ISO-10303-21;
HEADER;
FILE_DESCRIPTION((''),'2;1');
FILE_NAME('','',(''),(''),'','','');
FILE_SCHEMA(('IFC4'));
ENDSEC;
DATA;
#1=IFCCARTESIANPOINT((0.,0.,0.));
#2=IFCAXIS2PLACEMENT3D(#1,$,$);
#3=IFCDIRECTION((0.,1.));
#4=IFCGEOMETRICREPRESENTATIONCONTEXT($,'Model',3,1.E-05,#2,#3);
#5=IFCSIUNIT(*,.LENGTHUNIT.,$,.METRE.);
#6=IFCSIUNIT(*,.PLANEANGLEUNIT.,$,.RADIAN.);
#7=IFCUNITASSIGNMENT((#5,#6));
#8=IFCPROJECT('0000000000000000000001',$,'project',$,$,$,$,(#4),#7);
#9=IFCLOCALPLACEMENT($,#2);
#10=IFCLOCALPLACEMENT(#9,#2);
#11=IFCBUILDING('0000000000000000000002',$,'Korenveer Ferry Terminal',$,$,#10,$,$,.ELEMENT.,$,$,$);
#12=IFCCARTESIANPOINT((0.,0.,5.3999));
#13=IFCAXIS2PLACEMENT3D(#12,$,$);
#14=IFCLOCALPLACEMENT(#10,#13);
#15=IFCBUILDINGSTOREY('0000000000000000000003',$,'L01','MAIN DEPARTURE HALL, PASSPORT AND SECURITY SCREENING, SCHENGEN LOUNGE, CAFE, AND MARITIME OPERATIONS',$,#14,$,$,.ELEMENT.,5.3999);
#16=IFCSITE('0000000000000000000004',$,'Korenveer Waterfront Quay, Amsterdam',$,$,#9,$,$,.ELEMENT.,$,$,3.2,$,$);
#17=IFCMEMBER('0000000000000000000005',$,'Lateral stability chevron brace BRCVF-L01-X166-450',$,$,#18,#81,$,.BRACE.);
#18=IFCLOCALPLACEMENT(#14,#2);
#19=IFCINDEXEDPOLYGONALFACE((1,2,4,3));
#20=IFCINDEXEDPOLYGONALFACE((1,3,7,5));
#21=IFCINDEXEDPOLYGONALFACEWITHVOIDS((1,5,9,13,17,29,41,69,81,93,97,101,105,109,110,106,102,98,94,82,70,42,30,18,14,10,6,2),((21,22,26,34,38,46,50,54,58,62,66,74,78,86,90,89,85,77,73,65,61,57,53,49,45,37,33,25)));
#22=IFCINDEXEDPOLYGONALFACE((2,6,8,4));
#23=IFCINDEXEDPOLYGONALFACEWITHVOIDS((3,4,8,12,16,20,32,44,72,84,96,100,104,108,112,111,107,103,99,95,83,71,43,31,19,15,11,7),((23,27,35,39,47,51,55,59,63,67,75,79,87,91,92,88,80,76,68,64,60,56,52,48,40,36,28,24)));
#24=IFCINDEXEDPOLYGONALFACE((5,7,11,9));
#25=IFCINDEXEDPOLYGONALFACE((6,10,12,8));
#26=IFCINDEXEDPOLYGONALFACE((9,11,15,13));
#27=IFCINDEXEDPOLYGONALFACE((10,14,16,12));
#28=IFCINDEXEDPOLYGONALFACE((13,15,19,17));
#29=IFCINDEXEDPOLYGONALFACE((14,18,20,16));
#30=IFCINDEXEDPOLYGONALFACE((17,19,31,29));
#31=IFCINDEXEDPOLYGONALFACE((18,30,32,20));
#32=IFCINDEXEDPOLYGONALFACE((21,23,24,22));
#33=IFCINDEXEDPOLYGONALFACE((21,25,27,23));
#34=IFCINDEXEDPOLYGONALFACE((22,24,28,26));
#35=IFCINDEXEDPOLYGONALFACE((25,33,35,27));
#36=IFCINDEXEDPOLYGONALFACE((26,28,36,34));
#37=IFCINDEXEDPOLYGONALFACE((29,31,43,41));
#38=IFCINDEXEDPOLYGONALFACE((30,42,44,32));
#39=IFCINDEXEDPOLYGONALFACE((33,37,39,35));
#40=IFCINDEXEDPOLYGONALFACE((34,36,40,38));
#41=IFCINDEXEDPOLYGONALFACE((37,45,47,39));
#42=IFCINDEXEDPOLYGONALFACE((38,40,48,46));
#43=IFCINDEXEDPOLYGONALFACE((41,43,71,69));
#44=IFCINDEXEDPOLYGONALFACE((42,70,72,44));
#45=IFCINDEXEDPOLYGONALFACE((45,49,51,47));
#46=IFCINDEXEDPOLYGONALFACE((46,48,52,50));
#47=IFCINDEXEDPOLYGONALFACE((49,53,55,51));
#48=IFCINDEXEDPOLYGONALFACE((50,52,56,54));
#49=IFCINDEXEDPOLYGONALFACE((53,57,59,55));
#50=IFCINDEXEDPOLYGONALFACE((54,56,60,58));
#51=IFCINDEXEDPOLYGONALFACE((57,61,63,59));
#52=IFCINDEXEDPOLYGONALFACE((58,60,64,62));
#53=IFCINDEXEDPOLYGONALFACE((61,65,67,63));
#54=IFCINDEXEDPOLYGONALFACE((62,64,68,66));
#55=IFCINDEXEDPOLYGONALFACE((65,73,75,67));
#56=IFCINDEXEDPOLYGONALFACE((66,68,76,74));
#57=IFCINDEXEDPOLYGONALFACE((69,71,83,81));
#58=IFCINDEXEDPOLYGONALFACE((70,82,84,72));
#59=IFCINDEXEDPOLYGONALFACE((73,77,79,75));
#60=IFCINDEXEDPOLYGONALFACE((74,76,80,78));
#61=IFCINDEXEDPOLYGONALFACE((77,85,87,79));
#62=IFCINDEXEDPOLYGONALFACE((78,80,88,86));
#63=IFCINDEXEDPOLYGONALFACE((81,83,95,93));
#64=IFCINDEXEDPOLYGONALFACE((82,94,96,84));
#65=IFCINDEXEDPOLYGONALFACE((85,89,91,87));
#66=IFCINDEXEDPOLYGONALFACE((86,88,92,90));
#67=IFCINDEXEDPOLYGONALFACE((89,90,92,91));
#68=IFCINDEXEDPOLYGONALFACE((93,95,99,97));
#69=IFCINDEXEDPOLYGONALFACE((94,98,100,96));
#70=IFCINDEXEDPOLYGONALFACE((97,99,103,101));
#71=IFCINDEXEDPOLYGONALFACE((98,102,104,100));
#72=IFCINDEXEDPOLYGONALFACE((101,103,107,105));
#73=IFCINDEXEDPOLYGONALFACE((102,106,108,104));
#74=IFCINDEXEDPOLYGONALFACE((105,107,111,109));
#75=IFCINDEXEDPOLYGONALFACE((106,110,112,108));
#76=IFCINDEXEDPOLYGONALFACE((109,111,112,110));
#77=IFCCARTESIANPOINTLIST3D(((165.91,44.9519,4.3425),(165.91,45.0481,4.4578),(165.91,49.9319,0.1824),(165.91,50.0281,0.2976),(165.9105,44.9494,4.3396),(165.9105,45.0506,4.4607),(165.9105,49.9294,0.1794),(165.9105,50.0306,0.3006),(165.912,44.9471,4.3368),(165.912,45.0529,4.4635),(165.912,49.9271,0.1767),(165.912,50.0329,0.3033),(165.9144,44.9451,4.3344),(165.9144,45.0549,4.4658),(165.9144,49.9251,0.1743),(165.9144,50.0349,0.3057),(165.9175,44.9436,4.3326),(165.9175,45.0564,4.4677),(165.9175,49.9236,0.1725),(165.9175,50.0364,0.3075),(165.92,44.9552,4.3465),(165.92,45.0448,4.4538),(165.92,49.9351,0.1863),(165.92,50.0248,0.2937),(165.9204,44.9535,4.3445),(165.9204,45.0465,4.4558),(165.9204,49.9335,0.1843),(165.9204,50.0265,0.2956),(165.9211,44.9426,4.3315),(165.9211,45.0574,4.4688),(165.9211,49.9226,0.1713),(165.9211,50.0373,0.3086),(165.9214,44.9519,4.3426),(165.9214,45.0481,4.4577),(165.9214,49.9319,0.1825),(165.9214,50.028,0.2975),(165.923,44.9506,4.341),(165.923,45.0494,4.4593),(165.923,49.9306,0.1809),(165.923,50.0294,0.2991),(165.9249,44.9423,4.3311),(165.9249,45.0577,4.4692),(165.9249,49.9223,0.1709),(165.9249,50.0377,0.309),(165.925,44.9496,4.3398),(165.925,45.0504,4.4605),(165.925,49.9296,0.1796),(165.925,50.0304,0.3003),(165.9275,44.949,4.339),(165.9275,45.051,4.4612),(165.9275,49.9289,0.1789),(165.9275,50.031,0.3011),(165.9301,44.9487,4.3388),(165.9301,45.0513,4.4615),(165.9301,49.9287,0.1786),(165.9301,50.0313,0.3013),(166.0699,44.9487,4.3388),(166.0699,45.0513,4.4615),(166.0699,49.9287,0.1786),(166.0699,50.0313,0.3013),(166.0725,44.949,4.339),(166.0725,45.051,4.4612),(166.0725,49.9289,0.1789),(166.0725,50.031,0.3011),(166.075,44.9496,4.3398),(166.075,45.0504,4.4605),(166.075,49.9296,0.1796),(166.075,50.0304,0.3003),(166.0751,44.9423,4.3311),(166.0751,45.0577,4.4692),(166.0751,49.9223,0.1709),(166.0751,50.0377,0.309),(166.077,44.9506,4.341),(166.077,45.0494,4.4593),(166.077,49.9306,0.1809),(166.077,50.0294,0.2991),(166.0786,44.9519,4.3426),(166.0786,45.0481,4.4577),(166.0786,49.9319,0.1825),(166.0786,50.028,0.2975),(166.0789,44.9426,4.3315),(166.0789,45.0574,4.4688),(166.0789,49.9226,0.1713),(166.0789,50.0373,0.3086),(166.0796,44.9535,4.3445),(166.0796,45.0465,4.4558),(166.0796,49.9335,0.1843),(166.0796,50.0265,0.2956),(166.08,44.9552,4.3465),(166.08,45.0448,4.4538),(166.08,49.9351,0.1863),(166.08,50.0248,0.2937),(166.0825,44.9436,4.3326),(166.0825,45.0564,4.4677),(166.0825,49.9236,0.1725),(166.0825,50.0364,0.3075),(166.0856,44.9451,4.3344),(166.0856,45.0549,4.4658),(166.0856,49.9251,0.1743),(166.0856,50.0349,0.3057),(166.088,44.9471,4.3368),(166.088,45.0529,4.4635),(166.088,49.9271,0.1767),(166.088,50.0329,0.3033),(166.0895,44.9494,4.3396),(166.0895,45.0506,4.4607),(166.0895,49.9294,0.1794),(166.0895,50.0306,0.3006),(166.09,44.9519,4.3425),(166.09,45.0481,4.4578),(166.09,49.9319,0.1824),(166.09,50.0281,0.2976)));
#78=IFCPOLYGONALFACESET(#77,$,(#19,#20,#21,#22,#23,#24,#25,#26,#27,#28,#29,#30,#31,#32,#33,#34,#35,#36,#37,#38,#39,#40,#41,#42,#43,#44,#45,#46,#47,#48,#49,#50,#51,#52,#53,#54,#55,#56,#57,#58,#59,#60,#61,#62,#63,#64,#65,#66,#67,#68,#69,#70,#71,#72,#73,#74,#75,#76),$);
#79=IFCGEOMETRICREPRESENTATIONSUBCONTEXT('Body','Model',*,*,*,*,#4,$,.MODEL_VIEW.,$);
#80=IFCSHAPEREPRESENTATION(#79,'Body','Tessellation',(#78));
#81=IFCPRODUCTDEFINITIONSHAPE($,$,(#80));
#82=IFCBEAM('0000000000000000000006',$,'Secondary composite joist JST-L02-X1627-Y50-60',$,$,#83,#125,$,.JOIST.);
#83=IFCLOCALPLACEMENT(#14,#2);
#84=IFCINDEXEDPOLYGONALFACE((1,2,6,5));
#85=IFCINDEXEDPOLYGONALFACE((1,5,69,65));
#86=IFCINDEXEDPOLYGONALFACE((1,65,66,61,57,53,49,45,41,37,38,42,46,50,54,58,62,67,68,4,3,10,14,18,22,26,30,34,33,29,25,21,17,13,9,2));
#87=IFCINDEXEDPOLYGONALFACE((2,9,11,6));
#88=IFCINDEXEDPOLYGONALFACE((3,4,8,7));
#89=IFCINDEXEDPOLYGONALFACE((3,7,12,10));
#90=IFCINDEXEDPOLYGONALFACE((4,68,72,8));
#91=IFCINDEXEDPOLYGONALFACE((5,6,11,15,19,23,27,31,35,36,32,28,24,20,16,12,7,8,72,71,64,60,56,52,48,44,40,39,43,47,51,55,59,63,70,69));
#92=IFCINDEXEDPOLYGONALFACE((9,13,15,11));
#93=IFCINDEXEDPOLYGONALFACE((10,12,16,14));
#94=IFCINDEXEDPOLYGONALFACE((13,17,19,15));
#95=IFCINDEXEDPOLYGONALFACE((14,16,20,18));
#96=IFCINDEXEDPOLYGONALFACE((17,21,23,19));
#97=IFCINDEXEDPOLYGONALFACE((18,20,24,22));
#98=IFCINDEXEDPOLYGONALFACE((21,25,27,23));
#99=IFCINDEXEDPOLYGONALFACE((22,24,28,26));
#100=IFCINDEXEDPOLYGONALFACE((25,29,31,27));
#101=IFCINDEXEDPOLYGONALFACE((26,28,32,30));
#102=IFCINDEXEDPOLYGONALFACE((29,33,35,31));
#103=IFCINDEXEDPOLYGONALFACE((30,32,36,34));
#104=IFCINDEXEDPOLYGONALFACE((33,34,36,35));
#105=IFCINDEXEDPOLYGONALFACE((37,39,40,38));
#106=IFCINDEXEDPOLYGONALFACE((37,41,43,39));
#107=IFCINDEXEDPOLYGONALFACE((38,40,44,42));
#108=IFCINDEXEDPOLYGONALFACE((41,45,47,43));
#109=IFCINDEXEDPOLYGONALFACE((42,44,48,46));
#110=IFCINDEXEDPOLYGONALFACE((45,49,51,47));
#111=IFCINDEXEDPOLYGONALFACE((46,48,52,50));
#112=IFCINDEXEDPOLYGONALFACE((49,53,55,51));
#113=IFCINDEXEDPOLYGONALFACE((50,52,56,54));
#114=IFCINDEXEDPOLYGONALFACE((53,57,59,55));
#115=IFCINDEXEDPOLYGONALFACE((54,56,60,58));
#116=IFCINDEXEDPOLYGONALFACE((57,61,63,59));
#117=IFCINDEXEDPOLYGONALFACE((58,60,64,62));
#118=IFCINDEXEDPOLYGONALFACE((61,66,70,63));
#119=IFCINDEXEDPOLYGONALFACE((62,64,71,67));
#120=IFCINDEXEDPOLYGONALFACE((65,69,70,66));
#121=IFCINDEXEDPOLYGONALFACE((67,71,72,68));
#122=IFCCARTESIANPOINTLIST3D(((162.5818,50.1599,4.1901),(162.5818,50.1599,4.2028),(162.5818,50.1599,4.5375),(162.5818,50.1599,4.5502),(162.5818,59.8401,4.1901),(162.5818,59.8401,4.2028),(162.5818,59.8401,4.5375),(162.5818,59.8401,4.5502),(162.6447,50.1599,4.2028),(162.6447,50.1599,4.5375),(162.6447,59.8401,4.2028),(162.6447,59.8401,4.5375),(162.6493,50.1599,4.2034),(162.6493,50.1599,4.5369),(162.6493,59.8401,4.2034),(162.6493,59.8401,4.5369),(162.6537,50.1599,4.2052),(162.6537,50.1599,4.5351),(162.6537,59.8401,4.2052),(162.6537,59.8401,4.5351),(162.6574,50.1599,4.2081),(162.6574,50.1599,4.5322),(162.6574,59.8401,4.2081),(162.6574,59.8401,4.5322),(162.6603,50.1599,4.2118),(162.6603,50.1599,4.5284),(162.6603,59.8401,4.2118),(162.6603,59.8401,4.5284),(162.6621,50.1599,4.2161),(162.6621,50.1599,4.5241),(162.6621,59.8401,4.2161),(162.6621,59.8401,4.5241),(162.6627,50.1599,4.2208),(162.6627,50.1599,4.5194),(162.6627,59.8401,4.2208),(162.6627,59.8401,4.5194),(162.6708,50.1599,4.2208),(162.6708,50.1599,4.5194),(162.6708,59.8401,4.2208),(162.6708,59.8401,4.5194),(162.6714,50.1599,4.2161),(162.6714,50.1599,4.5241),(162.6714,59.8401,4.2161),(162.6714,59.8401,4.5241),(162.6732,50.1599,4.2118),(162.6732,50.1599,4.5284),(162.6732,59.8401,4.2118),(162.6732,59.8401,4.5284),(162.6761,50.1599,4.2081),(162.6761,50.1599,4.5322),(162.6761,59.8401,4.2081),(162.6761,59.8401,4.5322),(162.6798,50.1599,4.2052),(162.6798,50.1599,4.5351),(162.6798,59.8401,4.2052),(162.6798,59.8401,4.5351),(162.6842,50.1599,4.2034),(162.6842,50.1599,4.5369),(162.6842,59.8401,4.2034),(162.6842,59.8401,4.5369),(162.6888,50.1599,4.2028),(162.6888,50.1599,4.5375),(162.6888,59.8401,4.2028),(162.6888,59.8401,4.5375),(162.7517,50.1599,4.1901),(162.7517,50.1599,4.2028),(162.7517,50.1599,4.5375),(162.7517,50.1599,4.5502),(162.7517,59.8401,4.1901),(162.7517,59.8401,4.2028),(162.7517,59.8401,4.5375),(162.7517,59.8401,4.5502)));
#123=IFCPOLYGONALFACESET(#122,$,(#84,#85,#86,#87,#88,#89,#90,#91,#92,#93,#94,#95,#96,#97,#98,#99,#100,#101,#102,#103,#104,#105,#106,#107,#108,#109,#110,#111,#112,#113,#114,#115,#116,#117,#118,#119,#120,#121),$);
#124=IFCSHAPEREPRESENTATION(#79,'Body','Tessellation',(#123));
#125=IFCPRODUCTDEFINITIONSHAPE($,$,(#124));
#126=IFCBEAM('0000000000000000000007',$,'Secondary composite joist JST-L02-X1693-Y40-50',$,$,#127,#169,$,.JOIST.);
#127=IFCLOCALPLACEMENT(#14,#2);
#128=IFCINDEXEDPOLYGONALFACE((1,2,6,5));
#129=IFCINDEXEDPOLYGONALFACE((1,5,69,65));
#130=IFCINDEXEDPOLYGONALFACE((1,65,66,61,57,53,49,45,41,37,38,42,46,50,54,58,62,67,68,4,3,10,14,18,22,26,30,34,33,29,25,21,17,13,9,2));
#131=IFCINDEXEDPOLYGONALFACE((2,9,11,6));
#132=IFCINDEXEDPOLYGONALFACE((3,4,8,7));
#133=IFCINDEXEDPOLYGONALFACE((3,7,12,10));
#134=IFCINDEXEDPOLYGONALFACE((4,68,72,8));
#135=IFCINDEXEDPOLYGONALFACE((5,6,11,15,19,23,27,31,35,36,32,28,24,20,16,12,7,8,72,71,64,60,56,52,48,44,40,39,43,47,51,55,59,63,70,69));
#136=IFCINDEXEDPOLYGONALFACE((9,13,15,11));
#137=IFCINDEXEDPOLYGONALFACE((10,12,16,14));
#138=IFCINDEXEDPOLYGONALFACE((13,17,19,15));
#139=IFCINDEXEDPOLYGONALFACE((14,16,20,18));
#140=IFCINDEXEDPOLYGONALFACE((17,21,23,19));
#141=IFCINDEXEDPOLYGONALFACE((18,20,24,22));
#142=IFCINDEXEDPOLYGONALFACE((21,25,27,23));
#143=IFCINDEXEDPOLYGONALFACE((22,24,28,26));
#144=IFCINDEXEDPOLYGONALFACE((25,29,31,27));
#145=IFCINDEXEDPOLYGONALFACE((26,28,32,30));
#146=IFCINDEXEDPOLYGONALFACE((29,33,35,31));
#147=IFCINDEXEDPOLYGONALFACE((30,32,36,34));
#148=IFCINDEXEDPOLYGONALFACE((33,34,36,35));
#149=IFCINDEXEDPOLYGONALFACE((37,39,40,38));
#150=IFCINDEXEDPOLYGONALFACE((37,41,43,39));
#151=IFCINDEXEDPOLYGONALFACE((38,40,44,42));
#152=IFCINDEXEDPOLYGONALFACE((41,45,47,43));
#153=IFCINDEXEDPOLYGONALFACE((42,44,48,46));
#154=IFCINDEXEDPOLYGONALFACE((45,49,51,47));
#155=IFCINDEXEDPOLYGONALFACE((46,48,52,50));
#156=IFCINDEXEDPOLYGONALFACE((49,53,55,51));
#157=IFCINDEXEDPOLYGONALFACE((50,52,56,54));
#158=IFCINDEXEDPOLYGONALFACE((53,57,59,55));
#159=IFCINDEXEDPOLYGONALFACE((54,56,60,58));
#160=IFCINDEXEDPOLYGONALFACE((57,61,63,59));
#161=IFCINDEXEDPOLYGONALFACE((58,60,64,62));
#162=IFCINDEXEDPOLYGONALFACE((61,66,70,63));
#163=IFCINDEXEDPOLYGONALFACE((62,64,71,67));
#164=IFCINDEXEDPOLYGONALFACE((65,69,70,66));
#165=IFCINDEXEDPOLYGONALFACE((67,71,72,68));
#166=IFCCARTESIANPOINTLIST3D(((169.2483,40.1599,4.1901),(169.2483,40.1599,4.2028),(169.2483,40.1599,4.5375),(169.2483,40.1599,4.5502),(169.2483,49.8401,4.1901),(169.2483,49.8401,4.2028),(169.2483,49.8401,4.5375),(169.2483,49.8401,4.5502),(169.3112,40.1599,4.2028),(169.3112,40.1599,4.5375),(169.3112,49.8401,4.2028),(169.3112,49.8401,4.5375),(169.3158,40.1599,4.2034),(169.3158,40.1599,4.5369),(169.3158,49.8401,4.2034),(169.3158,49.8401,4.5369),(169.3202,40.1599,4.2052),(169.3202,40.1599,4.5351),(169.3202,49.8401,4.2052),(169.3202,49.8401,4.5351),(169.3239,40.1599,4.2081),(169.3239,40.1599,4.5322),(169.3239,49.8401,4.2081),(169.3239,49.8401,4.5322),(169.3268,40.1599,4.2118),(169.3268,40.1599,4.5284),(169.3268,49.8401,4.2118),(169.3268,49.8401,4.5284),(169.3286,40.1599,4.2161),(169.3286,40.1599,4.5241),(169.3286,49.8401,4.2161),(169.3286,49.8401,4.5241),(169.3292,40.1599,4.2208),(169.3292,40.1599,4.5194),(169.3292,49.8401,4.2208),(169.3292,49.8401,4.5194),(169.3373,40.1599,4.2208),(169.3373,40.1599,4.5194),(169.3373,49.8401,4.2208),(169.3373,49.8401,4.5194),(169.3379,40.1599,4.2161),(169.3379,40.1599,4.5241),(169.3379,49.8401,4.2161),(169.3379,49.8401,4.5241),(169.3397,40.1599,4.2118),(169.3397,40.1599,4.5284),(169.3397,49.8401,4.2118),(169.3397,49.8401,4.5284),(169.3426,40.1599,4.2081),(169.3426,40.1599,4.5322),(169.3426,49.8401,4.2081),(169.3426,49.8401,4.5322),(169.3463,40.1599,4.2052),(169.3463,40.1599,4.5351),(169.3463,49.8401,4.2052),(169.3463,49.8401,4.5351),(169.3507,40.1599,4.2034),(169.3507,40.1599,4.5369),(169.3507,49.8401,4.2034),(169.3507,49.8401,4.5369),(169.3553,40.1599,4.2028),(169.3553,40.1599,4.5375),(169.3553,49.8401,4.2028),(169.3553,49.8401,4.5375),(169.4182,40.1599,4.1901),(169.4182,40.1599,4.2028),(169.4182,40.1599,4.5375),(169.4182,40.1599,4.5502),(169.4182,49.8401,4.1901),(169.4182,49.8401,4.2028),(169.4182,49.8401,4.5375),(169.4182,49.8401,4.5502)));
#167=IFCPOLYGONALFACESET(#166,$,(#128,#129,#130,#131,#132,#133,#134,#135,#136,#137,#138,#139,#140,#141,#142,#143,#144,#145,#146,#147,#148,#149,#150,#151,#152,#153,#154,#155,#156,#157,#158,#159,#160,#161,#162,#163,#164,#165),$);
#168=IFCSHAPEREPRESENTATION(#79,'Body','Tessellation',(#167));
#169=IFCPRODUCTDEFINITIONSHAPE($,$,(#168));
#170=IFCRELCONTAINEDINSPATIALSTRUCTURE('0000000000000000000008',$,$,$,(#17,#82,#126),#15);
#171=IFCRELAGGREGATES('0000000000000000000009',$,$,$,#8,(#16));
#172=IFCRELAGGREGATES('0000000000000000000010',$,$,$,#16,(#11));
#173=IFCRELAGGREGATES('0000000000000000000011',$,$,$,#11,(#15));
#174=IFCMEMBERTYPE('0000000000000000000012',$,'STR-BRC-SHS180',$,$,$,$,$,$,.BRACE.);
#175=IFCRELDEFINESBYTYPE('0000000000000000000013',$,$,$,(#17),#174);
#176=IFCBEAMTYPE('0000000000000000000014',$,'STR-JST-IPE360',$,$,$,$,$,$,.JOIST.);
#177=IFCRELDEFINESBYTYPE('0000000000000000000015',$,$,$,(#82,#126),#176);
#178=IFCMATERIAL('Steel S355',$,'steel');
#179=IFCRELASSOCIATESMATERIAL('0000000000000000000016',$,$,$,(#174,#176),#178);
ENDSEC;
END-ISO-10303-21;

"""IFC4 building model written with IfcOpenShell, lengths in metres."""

from ifc_helpers import new_model, si_unit, direction, frame, origin, origin_2d, place, context, subcontext, project, spatial, hollow_rectangle, i_section, extrude, material, material_profile, profile_set, type_object, element, save


model = new_model("IFC4")

# Units and contexts
model_context = context("Model", 3, precision=1e-05, world=origin(), true_north=direction((0.0, 1.0)))
body_context = subcontext(model_context, "Body", "Model", "MODEL_VIEW")
ifc_project = project(units=[si_unit("LENGTHUNIT", "METRE"), si_unit("PLANEANGLEUNIT", "RADIAN")], contexts=[model_context])

# Site, building, storey
site_placement = place(None, origin())
site = spatial("IfcSite", under=ifc_project, at=site_placement, Name="Korenveer Waterfront Quay, Amsterdam", CompositionType="ELEMENT", RefElevation=3.2)
building_placement = place(site_placement, origin())
building = spatial("IfcBuilding", under=site, at=building_placement, Name="Korenveer Ferry Terminal", CompositionType="ELEMENT")
storey_placement = place(building_placement, frame((0.0, 0.0, 5.3999)))
storey = spatial("IfcBuildingStorey", under=building, at=storey_placement, Name="L01", Description="MAIN DEPARTURE HALL, PASSPORT AND SECURITY SCREENING, SCHENGEN LOUNGE, CAFE, AND MARITIME OPERATIONS", CompositionType="ELEMENT", Elevation=5.3999)

# Shared definitions
ifc_material_1 = material(Name="Steel S355", Category="steel")

# Member
ifc_material_profile_1 = material_profile(ifc_material_1, hollow_rectangle(XDim=0.1799, YDim=0.1799, WallThickness=0.01, InnerFilletRadius=0.01, OuterFilletRadius=0.0149, at=origin_2d()), Name="SHS 180x180x10")
ifc_profile_set_1 = profile_set([ifc_material_profile_1], Name="Steel S355")
member_type_1 = type_object("IfcMemberType", Name="STR-BRC-SHS180", PredefinedType="BRACE", material=ifc_profile_set_1)
for number, where, z_axis, x_axis, name in (
    (1, (166.0, 45.0, 4.4001), (0.0, 0.76745, -0.641109), (-1.0, 0.0, 0.0), "Lateral stability chevron brace BRCVF-L01-X166-450"),
):
    element("IfcMember", number, at=place(storey_placement, frame(where, z_axis=z_axis, x_axis=x_axis)), inside=storey, type_object=member_type_1, Name=name, PredefinedType="BRACE", context=body_context, shape_type="SweptSolid", body=[
        extrude(hollow_rectangle(XDim=0.1799, YDim=0.1799, WallThickness=0.01, InnerFilletRadius=0.01, OuterFilletRadius=0.0149, at=origin_2d()), origin(), (0.0, 0.0, 1.0), 6.489),
    ])

# Beams
ifc_material_profile_2 = material_profile(ifc_material_1, i_section(OverallWidth=0.1699, OverallDepth=0.3601, WebThickness=0.0081, FlangeThickness=0.0127, FilletRadius=0.0181, at=origin_2d()), Name="IPE 360")
ifc_profile_set_2 = profile_set([ifc_material_profile_2], Name="Steel S355")
beam_type_1 = type_object("IfcBeamType", Name="STR-JST-IPE360", PredefinedType="JOIST", material=ifc_profile_set_2)
for number, where, z_axis, x_axis, name in (
    (2, (162.6667, 50.1599, 4.3701), (0.0, 1.0, 0.0), (-1.0, 0.0, 0.0), "Secondary composite joist JST-L02-X1627-Y50-60"),
    (3, (169.3333, 40.1599, 4.3701), (0.0, 1.0, 0.0), (-1.0, 0.0, 0.0), "Secondary composite joist JST-L02-X1693-Y40-50"),
):
    element("IfcBeam", number, at=place(storey_placement, frame(where, z_axis=z_axis, x_axis=x_axis)), inside=storey, type_object=beam_type_1, Name=name, PredefinedType="JOIST", context=body_context, shape_type="SweptSolid", body=[
        extrude(i_section(OverallWidth=0.1699, OverallDepth=0.3601, WebThickness=0.0081, FlangeThickness=0.0127, FilletRadius=0.0181, at=origin_2d()), origin(), (0.0, 0.0, 1.0), 9.6802),
    ])

save(model, "model.ifc")
